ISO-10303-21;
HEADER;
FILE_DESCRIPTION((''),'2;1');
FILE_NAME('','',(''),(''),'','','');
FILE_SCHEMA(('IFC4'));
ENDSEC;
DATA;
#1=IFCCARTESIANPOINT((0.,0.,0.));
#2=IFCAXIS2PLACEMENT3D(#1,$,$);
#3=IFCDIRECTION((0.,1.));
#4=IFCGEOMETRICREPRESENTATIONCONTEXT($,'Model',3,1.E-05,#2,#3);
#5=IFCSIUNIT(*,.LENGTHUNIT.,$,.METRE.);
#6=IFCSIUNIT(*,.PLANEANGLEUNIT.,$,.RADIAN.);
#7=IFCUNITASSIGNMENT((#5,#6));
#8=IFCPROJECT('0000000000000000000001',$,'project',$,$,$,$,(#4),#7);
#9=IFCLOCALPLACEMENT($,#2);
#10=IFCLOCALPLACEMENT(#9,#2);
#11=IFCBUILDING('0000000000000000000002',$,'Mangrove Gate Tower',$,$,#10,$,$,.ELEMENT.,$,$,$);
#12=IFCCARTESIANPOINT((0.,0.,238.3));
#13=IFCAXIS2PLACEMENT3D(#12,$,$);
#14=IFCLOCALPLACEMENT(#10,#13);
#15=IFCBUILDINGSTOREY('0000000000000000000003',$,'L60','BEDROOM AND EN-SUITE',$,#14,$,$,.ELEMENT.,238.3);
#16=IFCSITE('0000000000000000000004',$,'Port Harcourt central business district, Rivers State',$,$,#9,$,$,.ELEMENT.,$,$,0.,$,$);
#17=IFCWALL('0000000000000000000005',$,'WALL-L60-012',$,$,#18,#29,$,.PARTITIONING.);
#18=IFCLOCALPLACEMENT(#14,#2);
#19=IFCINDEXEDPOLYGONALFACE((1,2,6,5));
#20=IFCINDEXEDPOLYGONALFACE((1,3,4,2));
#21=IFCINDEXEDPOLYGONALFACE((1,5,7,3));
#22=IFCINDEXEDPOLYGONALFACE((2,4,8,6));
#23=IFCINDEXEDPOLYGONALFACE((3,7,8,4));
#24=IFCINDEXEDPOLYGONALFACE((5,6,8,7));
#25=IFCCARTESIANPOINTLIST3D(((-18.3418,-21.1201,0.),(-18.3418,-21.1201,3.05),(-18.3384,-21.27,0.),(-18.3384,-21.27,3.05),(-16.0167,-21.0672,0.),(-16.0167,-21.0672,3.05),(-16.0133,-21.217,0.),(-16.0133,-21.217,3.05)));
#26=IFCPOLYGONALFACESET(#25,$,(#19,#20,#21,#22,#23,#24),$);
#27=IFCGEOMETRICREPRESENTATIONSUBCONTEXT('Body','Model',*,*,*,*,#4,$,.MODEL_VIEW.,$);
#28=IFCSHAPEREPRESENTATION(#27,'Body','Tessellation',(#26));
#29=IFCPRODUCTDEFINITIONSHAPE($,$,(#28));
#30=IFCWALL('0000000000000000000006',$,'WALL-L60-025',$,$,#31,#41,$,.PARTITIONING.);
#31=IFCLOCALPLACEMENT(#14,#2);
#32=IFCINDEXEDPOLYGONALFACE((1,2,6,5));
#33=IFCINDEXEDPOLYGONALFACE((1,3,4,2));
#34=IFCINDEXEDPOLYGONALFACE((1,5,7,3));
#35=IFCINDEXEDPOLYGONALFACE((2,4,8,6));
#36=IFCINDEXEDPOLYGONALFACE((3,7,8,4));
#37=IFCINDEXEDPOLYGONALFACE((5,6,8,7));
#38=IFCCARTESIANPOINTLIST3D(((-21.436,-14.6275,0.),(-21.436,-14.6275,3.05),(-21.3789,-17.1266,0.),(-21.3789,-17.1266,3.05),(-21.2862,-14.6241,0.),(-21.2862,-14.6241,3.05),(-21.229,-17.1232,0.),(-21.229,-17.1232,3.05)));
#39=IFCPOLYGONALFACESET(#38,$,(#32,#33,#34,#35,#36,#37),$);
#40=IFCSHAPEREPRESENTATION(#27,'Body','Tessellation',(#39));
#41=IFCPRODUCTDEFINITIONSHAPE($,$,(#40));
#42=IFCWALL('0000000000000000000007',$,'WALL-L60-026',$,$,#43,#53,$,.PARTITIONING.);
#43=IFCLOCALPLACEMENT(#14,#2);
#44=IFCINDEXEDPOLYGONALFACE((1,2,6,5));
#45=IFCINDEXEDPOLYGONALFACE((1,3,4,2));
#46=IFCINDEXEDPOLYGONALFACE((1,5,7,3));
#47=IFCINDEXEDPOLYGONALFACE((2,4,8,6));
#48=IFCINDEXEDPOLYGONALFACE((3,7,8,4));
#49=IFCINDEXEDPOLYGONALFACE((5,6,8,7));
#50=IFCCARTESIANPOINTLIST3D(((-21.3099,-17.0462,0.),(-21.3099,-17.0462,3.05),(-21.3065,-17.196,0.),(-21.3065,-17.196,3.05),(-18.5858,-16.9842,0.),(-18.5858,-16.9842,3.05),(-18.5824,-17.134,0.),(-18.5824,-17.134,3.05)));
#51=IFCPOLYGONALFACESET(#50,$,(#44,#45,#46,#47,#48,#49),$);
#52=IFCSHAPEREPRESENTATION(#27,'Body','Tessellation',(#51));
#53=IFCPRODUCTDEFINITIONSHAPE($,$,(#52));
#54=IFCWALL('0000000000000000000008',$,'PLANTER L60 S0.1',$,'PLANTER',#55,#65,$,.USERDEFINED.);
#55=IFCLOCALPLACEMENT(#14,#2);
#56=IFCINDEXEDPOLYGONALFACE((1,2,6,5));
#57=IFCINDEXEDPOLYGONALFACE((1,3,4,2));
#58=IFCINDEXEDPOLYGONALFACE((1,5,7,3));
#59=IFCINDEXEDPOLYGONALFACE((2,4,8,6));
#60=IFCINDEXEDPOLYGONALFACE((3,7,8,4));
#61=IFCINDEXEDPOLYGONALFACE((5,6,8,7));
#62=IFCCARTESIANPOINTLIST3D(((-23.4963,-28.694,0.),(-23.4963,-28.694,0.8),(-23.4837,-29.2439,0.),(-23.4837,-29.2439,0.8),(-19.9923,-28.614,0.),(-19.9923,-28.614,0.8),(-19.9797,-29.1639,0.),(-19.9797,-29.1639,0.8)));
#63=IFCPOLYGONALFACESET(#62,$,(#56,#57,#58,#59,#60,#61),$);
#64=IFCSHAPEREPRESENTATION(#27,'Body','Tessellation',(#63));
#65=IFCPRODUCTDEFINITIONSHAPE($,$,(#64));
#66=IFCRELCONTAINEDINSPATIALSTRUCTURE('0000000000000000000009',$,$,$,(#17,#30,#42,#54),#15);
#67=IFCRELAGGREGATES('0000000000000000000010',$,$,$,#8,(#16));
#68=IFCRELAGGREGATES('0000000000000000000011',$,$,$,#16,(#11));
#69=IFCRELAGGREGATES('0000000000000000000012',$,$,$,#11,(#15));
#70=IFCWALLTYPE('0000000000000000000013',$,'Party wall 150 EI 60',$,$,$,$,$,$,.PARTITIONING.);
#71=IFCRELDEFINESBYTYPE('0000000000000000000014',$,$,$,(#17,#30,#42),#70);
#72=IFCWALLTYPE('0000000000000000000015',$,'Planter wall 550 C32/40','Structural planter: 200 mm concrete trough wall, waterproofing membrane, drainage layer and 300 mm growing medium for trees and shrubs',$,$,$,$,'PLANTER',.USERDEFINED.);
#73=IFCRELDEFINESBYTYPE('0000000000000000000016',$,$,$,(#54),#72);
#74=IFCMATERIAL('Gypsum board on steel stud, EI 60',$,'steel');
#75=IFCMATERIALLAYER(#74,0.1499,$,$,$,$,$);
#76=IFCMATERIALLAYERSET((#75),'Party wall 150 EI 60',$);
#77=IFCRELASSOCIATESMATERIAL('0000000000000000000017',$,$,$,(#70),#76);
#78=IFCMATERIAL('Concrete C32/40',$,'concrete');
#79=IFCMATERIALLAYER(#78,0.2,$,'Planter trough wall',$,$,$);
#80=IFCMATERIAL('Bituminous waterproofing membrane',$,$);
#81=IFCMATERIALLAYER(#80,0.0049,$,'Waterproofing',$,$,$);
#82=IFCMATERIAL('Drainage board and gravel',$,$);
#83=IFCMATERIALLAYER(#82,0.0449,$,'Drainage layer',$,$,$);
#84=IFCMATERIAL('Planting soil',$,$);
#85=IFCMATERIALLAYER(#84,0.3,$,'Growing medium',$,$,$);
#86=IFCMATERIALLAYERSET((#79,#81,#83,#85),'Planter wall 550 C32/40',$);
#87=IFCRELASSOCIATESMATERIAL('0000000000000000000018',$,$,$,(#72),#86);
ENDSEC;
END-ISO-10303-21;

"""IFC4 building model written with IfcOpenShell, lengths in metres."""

from ifc_helpers import new_model, si_unit, direction, frame, frame_2d, origin, place, context, subcontext, project, spatial, rectangle, extrude, material, layer, layer_set, type_object, element, save


model = new_model("IFC4")

# Units and contexts
model_context = context("Model", 3, precision=1e-05, world=origin(), true_north=direction((0.0, 1.0)))
body_context = subcontext(model_context, "Body", "Model", "MODEL_VIEW")
ifc_project = project(units=[si_unit("LENGTHUNIT", "METRE"), si_unit("PLANEANGLEUNIT", "RADIAN")], contexts=[model_context])

# Site, building, storey
site_placement = place(None, origin())
site = spatial("IfcSite", under=ifc_project, at=site_placement, Name="Port Harcourt central business district, Rivers State", CompositionType="ELEMENT", RefElevation=0.0)
building_placement = place(site_placement, origin())
building = spatial("IfcBuilding", under=site, at=building_placement, Name="Mangrove Gate Tower", CompositionType="ELEMENT")
storey_placement = place(building_placement, frame((0.0, 0.0, 238.3)))
storey = spatial("IfcBuildingStorey", under=building, at=storey_placement, Name="L60", Description="BEDROOM AND EN-SUITE", CompositionType="ELEMENT", Elevation=238.3)

# Walls
ifc_material_1 = material(Name="Gypsum board on steel stud, EI 60", Category="steel")
ifc_layer_1 = layer(ifc_material_1, 0.1499)
ifc_layer_set_1 = layer_set([ifc_layer_1], Name="Party wall 150 EI 60")
wall_type_1 = type_object("IfcWallType", Name="Party wall 150 EI 60", PredefinedType="PARTITIONING", material=ifc_layer_set_1)
wall_1_placement = place(storey_placement, frame((-18.3401, -21.1951, 0.0), z_axis=(0.0, 0.0, 1.0), x_axis=(0.999741, 0.022779, 0.0)))
element("IfcWall", 1, at=wall_1_placement, inside=storey, type_object=wall_type_1, Name="WALL-L60-012", PredefinedType="PARTITIONING", context=body_context, shape_type="SweptSolid", body=[
    extrude(rectangle(XDim=2.3257, YDim=0.1499, at=frame_2d((1.1628, 0.0))), origin(), (0.0, 0.0, 1.0), 3.05),
])
wall_2_placement = place(storey_placement, frame((-21.304, -17.125, 0.0), z_axis=(0.0, 0.0, 1.0), x_axis=(-0.022855, 0.999739, 0.0)))
element("IfcWall", 2, at=wall_2_placement, inside=storey, type_object=wall_type_1, Name="WALL-L60-025", PredefinedType="PARTITIONING", context=body_context, shape_type="SweptSolid", body=[
    extrude(rectangle(XDim=2.4998, YDim=0.1499, at=frame_2d((1.25, 0.0))), origin(), (0.0, 0.0, 1.0), 3.05),
])
wall_3_placement = place(storey_placement, frame((-21.3081, -17.1211, 0.0), z_axis=(0.0, 0.0, 1.0), x_axis=(0.999741, 0.022758, 0.0)))
element("IfcWall", 3, at=wall_3_placement, inside=storey, type_object=wall_type_1, Name="WALL-L60-026", PredefinedType="PARTITIONING", context=body_context, shape_type="SweptSolid", body=[
    extrude(rectangle(XDim=2.7249, YDim=0.1499, at=frame_2d((1.3623, 0.0))), origin(), (0.0, 0.0, 1.0), 3.05),
])
ifc_material_2 = material(Name="Concrete C32/40", Category="concrete")
ifc_layer_2 = layer(ifc_material_2, 0.2, Name="Planter trough wall")
ifc_material_3 = material(Name="Bituminous waterproofing membrane")
ifc_layer_3 = layer(ifc_material_3, 0.0049, Name="Waterproofing")
ifc_material_4 = material(Name="Drainage board and gravel")
ifc_layer_4 = layer(ifc_material_4, 0.0449, Name="Drainage layer")
ifc_material_5 = material(Name="Planting soil")
ifc_layer_5 = layer(ifc_material_5, 0.3, Name="Growing medium")
ifc_layer_set_2 = layer_set([ifc_layer_2, ifc_layer_3, ifc_layer_4, ifc_layer_5], Name="Planter wall 550 C32/40")
wall_type_2 = type_object("IfcWallType", Name="Planter wall 550 C32/40", Description="Structural planter: 200 mm concrete trough wall, waterproofing membrane, drainage layer and 300 mm growing medium for trees and shrubs", ElementType="PLANTER", PredefinedType="USERDEFINED", material=ifc_layer_set_2)
wall_4_placement = place(storey_placement, frame((-23.49, -28.969, 0.0), z_axis=(0.0, 0.0, 1.0), x_axis=(0.999739, 0.022848, 0.0)))
element("IfcWall", 4, at=wall_4_placement, inside=storey, type_object=wall_type_2, Name="PLANTER L60 S0.1", ObjectType="PLANTER", PredefinedType="USERDEFINED", context=body_context, shape_type="SweptSolid", body=[
    extrude(rectangle(XDim=3.5049, YDim=0.55, at=frame_2d((1.7524, 0.0))), origin(), (0.0, 0.0, 1.0), 0.8),
])

save(model, "model.ifc")
